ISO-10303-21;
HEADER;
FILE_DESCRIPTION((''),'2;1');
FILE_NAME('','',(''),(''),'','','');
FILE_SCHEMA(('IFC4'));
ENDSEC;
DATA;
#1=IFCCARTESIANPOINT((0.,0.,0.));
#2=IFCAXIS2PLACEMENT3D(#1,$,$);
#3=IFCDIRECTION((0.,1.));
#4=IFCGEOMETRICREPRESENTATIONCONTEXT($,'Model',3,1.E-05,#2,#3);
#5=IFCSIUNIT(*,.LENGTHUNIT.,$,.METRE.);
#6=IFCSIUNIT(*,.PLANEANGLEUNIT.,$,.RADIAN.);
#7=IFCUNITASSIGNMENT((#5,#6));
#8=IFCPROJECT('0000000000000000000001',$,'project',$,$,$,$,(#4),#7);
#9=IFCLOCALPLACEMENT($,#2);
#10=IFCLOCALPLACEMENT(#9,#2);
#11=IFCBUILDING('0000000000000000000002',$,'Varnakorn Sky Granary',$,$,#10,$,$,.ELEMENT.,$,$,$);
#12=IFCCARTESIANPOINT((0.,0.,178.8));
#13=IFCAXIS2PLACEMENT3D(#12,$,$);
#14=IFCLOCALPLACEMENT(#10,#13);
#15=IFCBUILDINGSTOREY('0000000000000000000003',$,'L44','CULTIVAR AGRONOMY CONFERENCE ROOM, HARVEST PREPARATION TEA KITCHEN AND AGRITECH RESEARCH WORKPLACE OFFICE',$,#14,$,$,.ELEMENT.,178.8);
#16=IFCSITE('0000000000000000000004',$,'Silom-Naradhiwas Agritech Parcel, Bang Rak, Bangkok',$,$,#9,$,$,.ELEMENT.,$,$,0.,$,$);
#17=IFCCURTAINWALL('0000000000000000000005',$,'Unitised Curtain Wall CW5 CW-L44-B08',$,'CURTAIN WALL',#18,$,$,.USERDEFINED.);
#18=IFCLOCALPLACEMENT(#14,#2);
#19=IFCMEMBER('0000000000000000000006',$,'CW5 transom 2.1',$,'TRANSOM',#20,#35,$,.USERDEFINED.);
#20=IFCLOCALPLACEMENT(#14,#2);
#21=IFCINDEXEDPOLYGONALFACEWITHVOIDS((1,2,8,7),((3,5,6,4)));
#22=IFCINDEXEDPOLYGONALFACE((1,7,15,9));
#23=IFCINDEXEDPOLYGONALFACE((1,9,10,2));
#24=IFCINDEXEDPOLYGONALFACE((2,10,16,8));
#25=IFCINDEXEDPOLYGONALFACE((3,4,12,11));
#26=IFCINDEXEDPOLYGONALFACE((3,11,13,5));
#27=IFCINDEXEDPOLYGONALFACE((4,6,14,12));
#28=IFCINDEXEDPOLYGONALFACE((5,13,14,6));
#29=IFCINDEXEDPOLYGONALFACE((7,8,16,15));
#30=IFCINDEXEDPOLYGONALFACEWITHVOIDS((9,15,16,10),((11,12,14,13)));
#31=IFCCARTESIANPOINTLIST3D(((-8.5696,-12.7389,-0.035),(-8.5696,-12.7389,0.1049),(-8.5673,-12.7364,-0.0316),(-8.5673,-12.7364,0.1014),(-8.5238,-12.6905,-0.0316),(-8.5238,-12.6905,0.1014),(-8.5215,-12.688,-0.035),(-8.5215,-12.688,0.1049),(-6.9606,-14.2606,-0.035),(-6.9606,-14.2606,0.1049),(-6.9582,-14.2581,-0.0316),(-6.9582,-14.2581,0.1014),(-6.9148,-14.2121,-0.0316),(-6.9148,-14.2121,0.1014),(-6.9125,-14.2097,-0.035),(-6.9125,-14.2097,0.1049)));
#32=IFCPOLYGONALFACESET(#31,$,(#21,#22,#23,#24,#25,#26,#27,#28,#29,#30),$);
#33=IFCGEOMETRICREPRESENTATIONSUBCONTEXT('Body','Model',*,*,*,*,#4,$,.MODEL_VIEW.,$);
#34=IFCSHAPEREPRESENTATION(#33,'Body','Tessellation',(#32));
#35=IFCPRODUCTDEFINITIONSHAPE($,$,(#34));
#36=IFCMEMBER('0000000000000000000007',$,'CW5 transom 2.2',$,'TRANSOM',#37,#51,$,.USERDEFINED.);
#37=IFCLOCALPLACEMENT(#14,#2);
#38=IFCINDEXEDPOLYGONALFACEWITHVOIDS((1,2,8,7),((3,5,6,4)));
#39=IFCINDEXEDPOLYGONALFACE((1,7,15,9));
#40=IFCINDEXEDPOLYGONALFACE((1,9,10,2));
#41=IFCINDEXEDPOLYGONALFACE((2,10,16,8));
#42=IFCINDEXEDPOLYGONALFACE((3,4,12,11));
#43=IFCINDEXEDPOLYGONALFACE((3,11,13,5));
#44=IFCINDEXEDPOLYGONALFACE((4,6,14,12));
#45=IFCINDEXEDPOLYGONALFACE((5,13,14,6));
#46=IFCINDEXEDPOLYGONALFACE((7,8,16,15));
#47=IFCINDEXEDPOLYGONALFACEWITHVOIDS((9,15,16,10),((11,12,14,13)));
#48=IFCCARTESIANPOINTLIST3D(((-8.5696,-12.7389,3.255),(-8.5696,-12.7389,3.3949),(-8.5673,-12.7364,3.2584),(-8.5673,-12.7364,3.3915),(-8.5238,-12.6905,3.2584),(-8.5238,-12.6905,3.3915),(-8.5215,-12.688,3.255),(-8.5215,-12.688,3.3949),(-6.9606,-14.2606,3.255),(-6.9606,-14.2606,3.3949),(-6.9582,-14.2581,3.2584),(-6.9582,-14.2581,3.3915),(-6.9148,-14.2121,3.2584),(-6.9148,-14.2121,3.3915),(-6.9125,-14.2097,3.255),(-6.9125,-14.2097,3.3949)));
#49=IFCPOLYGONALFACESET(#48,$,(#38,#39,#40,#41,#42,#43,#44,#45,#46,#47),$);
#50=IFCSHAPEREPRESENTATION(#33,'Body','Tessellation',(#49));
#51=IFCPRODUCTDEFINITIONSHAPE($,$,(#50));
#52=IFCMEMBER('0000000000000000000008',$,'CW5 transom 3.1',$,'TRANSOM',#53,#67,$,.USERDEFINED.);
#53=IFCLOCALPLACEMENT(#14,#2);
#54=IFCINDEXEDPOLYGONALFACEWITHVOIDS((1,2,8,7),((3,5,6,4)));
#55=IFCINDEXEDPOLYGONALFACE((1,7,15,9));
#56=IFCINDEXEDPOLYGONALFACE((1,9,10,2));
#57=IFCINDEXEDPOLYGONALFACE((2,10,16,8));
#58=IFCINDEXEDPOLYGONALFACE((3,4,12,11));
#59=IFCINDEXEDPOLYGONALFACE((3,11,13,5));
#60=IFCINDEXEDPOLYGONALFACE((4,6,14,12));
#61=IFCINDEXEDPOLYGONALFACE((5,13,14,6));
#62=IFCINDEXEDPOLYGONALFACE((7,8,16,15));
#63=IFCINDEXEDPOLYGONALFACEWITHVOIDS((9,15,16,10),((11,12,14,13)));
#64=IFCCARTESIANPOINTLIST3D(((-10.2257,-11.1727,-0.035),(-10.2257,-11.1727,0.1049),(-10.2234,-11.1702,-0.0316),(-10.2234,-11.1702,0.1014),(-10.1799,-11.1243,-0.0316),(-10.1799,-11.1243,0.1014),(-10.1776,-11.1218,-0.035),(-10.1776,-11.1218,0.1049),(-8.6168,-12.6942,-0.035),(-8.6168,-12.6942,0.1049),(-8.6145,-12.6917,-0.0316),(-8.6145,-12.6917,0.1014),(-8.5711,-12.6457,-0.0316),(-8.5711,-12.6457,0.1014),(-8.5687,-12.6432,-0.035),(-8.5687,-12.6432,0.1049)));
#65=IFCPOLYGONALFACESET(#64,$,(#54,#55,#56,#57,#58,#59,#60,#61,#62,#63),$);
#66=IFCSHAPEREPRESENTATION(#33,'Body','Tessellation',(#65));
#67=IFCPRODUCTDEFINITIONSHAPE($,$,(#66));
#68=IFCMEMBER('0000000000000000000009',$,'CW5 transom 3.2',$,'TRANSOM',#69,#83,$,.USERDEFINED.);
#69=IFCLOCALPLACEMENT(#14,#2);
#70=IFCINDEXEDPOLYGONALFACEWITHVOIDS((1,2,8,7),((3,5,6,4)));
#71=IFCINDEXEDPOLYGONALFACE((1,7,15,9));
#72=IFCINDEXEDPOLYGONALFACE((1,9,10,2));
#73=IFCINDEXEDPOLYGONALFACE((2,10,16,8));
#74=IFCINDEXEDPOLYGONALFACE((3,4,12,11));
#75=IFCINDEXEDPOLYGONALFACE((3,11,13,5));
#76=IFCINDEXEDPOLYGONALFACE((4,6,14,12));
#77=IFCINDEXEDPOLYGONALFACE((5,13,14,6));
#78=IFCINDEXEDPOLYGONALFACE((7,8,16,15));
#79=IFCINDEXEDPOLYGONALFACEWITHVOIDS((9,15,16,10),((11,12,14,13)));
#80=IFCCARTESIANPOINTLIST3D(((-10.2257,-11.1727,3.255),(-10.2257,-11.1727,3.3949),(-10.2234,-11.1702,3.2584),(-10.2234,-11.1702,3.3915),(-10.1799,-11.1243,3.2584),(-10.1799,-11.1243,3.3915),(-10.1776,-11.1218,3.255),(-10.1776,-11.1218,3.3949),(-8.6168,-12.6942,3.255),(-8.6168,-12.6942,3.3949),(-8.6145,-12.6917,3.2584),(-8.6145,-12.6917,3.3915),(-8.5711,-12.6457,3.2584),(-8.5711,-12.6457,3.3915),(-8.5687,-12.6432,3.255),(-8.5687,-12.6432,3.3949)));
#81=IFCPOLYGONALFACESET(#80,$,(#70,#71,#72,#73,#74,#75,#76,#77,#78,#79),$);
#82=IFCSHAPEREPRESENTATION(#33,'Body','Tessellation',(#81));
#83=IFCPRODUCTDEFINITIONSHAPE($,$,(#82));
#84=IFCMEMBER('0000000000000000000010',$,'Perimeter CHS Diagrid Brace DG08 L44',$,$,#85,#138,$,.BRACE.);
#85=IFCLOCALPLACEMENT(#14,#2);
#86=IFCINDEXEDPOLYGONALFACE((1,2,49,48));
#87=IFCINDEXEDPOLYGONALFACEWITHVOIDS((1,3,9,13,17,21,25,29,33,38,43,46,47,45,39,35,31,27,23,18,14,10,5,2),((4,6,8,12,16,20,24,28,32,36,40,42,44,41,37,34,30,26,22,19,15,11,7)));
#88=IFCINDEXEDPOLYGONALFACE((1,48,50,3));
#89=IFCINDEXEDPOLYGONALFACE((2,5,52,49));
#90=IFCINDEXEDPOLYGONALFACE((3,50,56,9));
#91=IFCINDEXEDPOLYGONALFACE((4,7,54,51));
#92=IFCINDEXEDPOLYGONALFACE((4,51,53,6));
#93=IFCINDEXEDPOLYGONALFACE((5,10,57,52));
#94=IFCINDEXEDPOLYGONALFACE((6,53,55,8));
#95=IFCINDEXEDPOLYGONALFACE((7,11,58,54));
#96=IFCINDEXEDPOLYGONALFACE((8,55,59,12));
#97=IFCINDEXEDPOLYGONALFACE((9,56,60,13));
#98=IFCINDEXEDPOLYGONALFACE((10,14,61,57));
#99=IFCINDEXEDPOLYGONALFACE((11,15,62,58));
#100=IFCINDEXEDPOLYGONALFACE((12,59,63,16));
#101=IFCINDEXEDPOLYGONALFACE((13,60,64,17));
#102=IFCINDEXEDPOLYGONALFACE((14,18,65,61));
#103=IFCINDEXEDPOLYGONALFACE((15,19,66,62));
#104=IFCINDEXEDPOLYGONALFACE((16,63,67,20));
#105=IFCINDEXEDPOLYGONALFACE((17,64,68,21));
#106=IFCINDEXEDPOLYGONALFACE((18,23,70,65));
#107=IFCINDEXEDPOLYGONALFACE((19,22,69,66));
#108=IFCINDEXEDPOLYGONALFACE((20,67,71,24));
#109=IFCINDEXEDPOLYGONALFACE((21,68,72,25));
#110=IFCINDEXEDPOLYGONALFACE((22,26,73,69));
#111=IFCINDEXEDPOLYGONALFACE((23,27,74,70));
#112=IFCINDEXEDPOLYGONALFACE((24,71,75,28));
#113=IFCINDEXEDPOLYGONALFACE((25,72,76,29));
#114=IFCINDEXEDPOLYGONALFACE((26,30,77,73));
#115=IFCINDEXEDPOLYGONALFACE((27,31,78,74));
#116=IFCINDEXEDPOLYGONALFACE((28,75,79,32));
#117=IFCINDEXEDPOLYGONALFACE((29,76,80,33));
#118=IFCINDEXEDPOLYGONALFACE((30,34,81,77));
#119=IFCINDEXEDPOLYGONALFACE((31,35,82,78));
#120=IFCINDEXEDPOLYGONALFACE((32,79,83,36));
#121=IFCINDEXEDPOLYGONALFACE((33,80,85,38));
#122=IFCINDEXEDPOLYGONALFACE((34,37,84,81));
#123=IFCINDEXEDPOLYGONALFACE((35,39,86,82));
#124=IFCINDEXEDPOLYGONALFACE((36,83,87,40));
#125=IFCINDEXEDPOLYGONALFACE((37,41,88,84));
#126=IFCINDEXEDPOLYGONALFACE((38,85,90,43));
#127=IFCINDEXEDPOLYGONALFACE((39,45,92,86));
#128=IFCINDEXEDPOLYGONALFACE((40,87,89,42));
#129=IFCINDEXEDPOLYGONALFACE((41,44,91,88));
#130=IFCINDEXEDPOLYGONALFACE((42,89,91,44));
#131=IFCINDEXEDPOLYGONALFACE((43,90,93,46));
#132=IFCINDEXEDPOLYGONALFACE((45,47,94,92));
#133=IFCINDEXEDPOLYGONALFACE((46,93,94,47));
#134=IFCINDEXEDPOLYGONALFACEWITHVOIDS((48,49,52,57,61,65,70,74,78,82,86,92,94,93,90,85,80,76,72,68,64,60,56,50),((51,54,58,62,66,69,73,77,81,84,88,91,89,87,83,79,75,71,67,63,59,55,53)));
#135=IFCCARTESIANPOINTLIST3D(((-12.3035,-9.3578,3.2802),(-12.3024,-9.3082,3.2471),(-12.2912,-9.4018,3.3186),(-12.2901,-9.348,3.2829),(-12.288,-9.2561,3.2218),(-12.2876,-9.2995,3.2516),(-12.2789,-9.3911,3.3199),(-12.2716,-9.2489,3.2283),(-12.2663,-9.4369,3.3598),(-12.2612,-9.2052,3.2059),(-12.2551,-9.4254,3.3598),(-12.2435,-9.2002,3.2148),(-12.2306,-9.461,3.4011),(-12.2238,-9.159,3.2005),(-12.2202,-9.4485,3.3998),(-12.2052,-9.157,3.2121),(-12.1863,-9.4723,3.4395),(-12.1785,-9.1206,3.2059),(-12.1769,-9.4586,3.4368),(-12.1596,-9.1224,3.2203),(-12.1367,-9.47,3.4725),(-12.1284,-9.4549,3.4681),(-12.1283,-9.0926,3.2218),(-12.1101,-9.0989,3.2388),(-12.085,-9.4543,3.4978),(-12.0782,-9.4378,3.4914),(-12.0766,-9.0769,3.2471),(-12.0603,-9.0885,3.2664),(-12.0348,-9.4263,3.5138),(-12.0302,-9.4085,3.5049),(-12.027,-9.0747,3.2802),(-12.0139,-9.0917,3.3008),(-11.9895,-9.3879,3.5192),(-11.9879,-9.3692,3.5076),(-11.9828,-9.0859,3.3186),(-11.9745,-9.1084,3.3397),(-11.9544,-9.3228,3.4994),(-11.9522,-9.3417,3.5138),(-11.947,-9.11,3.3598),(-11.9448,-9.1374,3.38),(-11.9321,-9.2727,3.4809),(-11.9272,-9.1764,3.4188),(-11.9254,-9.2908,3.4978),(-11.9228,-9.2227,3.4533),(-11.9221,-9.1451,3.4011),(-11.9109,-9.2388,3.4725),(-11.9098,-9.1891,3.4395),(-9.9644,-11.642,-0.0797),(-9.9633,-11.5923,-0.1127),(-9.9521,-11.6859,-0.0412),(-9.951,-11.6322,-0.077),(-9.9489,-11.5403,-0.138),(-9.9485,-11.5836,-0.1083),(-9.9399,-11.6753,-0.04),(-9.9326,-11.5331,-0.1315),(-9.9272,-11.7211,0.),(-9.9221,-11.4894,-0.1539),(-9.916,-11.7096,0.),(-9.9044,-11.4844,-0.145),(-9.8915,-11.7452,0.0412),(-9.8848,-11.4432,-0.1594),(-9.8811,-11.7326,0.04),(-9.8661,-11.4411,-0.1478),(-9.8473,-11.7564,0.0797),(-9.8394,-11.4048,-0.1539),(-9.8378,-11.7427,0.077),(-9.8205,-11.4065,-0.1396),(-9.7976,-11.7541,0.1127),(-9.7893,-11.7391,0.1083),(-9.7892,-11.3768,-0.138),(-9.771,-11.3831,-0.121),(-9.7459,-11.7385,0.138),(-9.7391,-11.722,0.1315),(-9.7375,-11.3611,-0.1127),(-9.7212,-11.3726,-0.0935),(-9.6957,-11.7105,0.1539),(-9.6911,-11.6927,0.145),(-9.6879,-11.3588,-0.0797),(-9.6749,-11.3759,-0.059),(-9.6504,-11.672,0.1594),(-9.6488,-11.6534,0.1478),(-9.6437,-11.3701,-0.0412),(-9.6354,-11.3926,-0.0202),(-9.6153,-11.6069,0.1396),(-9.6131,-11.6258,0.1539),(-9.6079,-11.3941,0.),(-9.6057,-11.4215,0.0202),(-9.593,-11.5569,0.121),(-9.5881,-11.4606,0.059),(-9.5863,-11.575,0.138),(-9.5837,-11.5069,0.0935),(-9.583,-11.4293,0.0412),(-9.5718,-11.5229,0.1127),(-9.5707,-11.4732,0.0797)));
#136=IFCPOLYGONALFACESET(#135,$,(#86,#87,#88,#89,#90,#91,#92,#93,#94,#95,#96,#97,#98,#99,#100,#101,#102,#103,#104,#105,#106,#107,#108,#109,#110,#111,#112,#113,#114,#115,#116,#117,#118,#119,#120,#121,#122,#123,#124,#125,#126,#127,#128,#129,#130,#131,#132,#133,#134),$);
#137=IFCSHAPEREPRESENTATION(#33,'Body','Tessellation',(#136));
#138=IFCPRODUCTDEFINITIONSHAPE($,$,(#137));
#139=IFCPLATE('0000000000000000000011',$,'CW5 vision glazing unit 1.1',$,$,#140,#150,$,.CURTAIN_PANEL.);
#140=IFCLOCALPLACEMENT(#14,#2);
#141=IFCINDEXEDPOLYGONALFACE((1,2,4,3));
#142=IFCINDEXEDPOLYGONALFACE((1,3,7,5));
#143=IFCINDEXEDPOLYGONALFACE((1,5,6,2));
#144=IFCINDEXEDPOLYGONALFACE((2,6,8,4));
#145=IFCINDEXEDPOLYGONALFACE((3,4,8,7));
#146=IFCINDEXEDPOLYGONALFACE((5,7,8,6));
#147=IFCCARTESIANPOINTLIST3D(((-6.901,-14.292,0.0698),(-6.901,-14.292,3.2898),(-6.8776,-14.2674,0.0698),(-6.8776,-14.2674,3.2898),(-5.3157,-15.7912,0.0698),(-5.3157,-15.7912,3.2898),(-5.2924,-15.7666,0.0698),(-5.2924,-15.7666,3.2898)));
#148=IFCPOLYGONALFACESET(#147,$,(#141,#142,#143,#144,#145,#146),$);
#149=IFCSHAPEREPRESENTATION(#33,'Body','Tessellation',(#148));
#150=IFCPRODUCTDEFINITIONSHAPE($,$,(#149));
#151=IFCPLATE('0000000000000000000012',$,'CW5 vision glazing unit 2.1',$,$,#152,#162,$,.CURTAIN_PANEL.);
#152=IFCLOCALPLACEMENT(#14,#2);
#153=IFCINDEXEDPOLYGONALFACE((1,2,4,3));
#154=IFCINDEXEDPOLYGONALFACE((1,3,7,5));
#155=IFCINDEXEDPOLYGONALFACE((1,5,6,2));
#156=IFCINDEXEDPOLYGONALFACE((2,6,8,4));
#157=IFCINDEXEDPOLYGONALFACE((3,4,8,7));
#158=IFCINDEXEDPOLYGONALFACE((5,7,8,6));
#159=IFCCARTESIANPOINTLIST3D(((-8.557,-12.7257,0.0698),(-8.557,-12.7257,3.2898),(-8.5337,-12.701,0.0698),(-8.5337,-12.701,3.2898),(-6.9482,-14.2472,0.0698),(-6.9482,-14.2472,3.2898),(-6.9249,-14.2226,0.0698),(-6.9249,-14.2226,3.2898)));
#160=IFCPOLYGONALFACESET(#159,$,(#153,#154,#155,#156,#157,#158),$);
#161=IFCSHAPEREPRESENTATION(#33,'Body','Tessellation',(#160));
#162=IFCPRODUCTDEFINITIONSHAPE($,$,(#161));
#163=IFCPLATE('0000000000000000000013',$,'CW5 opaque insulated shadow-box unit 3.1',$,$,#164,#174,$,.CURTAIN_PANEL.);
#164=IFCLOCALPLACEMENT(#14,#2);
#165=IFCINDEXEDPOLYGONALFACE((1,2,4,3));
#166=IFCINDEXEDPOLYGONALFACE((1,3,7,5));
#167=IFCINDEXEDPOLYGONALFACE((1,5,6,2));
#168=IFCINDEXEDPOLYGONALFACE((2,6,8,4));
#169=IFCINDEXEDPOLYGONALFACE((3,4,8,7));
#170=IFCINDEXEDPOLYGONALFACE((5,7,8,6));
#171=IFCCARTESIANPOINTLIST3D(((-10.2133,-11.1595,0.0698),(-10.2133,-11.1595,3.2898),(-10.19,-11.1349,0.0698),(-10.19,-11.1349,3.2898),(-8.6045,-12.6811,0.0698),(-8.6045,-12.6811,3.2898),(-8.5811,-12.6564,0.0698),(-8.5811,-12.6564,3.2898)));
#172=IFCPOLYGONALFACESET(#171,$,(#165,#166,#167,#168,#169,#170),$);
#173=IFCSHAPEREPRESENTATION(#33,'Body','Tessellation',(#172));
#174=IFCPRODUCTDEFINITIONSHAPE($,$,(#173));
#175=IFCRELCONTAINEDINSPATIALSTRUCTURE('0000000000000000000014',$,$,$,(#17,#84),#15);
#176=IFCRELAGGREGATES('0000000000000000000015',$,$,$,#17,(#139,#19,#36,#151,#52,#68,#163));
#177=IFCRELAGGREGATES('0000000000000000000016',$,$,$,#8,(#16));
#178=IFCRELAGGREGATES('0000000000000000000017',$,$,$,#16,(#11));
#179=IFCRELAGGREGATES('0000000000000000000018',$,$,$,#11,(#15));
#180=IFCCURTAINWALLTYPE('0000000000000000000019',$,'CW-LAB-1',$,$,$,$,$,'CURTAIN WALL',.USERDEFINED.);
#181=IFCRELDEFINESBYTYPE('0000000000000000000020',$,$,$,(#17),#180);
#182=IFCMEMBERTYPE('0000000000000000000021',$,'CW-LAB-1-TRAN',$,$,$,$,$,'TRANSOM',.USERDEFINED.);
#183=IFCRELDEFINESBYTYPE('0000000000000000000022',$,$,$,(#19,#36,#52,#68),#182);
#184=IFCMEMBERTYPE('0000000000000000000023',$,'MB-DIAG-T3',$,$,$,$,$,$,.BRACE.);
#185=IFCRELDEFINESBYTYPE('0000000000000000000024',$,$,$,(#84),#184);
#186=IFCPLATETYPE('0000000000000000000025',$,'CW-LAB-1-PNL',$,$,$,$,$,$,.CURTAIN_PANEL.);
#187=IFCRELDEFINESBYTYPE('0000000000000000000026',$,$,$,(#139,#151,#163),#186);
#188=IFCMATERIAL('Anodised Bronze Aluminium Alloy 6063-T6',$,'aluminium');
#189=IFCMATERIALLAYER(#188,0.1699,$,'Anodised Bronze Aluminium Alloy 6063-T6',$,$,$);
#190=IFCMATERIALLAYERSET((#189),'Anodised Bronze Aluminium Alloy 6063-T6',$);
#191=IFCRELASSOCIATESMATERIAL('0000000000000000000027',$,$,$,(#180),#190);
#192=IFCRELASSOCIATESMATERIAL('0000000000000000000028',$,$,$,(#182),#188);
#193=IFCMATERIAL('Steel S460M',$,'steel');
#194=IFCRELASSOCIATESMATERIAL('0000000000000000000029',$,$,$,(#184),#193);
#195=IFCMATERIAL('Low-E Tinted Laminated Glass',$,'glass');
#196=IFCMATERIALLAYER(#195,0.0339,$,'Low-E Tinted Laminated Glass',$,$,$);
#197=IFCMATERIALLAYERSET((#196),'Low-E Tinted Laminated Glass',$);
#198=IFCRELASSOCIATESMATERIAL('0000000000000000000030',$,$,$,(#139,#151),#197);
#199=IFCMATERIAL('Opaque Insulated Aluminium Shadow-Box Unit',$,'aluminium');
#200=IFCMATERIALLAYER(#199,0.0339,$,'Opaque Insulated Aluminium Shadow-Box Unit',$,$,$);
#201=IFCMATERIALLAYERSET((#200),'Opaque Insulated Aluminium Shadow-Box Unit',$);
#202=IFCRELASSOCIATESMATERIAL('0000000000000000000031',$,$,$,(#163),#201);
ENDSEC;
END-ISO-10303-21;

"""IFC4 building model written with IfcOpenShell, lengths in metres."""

from ifc_helpers import new_model, si_unit, direction, frame, origin, origin_2d, place, context, subcontext, project, spatial, rectangle, hollow_rectangle, hollow_circle, extrude, source, transform, mapped, material, layer, layer_set, material_profile, profile_set, type_object, type_shapes, element, aggregate, save


model = new_model("IFC4")

# Units and contexts
model_context = context("Model", 3, precision=1e-05, world=origin(), true_north=direction((0.0, 1.0)))
body_context = subcontext(model_context, "Body", "Model", "MODEL_VIEW")
ifc_project = project(units=[si_unit("LENGTHUNIT", "METRE"), si_unit("PLANEANGLEUNIT", "RADIAN")], contexts=[model_context])

# Site, building, storey
site_placement = place(None, origin())
site = spatial("IfcSite", under=ifc_project, at=site_placement, Name="Silom-Naradhiwas Agritech Parcel, Bang Rak, Bangkok", CompositionType="ELEMENT", RefElevation=0.0)
building_placement = place(site_placement, origin())
building = spatial("IfcBuilding", under=site, at=building_placement, Name="Varnakorn Sky Granary", CompositionType="ELEMENT")
storey_placement = place(building_placement, frame((0.0, 0.0, 178.8)))
storey = spatial("IfcBuildingStorey", under=building, at=storey_placement, Name="L44", Description="CULTIVAR AGRONOMY CONFERENCE ROOM, HARVEST PREPARATION TEA KITCHEN AND AGRITECH RESEARCH WORKPLACE OFFICE", CompositionType="ELEMENT", Elevation=178.8)

# Shared definitions
ifc_material_1 = material(Name="Steel S460M", Category="steel")

# Curtain wall, members
ifc_material_2 = material(Name="Anodised Bronze Aluminium Alloy 6063-T6", Category="aluminium")
ifc_layer_1 = layer(ifc_material_2, 0.1699, Name="Anodised Bronze Aluminium Alloy 6063-T6")
ifc_layer_set_1 = layer_set([ifc_layer_1], Name="Anodised Bronze Aluminium Alloy 6063-T6")
curtain_wall_type = type_object("IfcCurtainWallType", Name="CW-LAB-1", ElementType="CURTAIN WALL", PredefinedType="USERDEFINED", material=ifc_layer_set_1)
curtain_wall_placement = place(storey_placement, origin())
curtain_wall = element("IfcCurtainWall", 1, at=curtain_wall_placement, inside=storey, type_object=curtain_wall_type, Name="Unitised Curtain Wall CW5 CW-L44-B08", ObjectType="CURTAIN WALL", PredefinedType="USERDEFINED")
ifc_material_profile_1 = material_profile(ifc_material_2, hollow_rectangle(XDim=0.0701, YDim=0.1399, WallThickness=0.0034, at=origin_2d()), Name="ALU TRAN 70x140")
ifc_profile_set_1 = profile_set([ifc_material_profile_1], Name="Anodised Bronze Aluminium Alloy 6063-T6")
member_type_1 = type_object("IfcMemberType", Name="CW-LAB-1-TRAN", ElementType="TRANSOM", PredefinedType="USERDEFINED", material=ifc_profile_set_1)
member_1_placement = place(storey_placement, frame((-6.9365, -14.2351, 0.0349), z_axis=(-0.726564, 0.687099, 0.0), x_axis=(-0.687099, -0.726564, 0.0)))
member_1 = element("IfcMember", 2, at=member_1_placement, type_object=member_type_1, Name="CW5 transom 2.1", ObjectType="TRANSOM", PredefinedType="USERDEFINED", context=body_context, shape_type="SweptSolid", body=[
    extrude(hollow_rectangle(XDim=0.0701, YDim=0.1399, WallThickness=0.0034, at=origin_2d()), origin(), (0.0, 0.0, 1.0), 2.2146),
])
member_2_placement = place(storey_placement, frame((-6.9365, -14.2351, 3.325), z_axis=(-0.726564, 0.687099, 0.0), x_axis=(-0.687099, -0.726564, 0.0)))
member_2 = element("IfcMember", 3, at=member_2_placement, type_object=member_type_1, Name="CW5 transom 2.2", ObjectType="TRANSOM", PredefinedType="USERDEFINED", context=body_context, shape_type="SweptSolid", body=[
    extrude(hollow_rectangle(XDim=0.0701, YDim=0.1399, WallThickness=0.0034, at=origin_2d()), origin(), (0.0, 0.0, 1.0), 2.2146),
])
member_3_placement = place(storey_placement, frame((-8.5928, -12.6687, 0.0349), z_axis=(-0.726567, 0.687096, 0.0), x_axis=(-0.687096, -0.726567, 0.0)))
member_3 = element("IfcMember", 4, at=member_3_placement, type_object=member_type_1, Name="CW5 transom 3.1", ObjectType="TRANSOM", PredefinedType="USERDEFINED", context=body_context, shape_type="SweptSolid", body=[
    extrude(hollow_rectangle(XDim=0.0701, YDim=0.1399, WallThickness=0.0034, at=origin_2d()), origin(), (0.0, 0.0, 1.0), 2.2144),
])
member_4_placement = place(storey_placement, frame((-8.5928, -12.6687, 3.325), z_axis=(-0.726567, 0.687096, 0.0), x_axis=(-0.687096, -0.726567, 0.0)))
member_4 = element("IfcMember", 5, at=member_4_placement, type_object=member_type_1, Name="CW5 transom 3.2", ObjectType="TRANSOM", PredefinedType="USERDEFINED", context=body_context, shape_type="SweptSolid", body=[
    extrude(hollow_rectangle(XDim=0.0701, YDim=0.1399, WallThickness=0.0034, at=origin_2d()), origin(), (0.0, 0.0, 1.0), 2.2144),
])

# Member
ifc_material_profile_2 = material_profile(ifc_material_1, hollow_circle(Radius=0.2285, WallThickness=0.0161, at=origin_2d()), Name="CHS 457x16")
ifc_profile_set_2 = profile_set([ifc_material_profile_2], Name="Steel S460M")
member_type_2 = type_object("IfcMemberType", Name="MB-DIAG-T3", PredefinedType="BRACE", material=ifc_profile_set_2)
member_5_placement = place(storey_placement, frame((-9.7676, -11.5576, 0.0), z_axis=(-0.498954, 0.487237, 0.71669), x_axis=(-0.698656, -0.715458, 0.0)))
element("IfcMember", 6, at=member_5_placement, inside=storey, type_object=member_type_2, Name="Perimeter CHS Diagrid Brace DG08 L44", PredefinedType="BRACE", context=body_context, shape_type="SweptSolid", body=[
    extrude(hollow_circle(Radius=0.2285, WallThickness=0.0161, at=origin_2d()), origin(), (0.0, 0.0, 1.0), 4.688),
])

# Plates
ifc_material_3 = material(Name="Low-E Tinted Laminated Glass", Category="glass")
ifc_layer_2 = layer(ifc_material_3, 0.0339, Name="Low-E Tinted Laminated Glass")
ifc_layer_set_2 = layer_set([ifc_layer_2], Name="Low-E Tinted Laminated Glass")
plate_type = type_object("IfcPlateType", Name="CW-LAB-1-PNL", PredefinedType="CURTAIN_PANEL")
shared_shape_1 = source(origin(), body_context, "Body", "SweptSolid", [
    extrude(rectangle(XDim=2.1819, YDim=0.0339, at=origin_2d()), origin(), (0.0, 0.0, 1.0), 3.22),
])
plate_1_placement = place(storey_placement, frame((-6.0967, -15.0293, 0.0698), z_axis=(0.0, 0.0, 1.0), x_axis=(-0.726541, 0.687124, 0.0)))
plate_1 = element("IfcPlate", 7, at=plate_1_placement, type_object=plate_type, material=ifc_layer_set_2, Name="CW5 vision glazing unit 1.1", PredefinedType="CURTAIN_PANEL", context=body_context, shape_type="MappedRepresentation", body=[
    mapped(shared_shape_1, transform((0.0, 0.0, 0.0), x_axis=(1.0, 0.0, 0.0), y_axis=(0.0, 1.0, 0.0), z_axis=(0.0, 0.0, 1.0), scale=1.0)),
])
shared_shape_2 = source(origin(), body_context, "Body", "SweptSolid", [
    extrude(rectangle(XDim=2.2144, YDim=0.0339, at=origin_2d()), origin(), (0.0, 0.0, 1.0), 3.22),
])
type_shapes(plate_type, [shared_shape_1, shared_shape_2])
plate_2_placement = place(storey_placement, frame((-7.741, -13.4741, 0.0698), z_axis=(0.0, 0.0, 1.0), x_axis=(-0.726541, 0.687124, 0.0)))
plate_2 = element("IfcPlate", 8, at=plate_2_placement, type_object=plate_type, material=ifc_layer_set_2, Name="CW5 vision glazing unit 2.1", PredefinedType="CURTAIN_PANEL", context=body_context, shape_type="MappedRepresentation", body=[
    mapped(shared_shape_2, transform((0.0, 0.0, 0.0), x_axis=(1.0, 0.0, 0.0), y_axis=(0.0, 1.0, 0.0), z_axis=(0.0, 0.0, 1.0), scale=1.0)),
])
ifc_material_4 = material(Name="Opaque Insulated Aluminium Shadow-Box Unit", Category="aluminium")
ifc_layer_3 = layer(ifc_material_4, 0.0339, Name="Opaque Insulated Aluminium Shadow-Box Unit")
ifc_layer_set_3 = layer_set([ifc_layer_3], Name="Opaque Insulated Aluminium Shadow-Box Unit")
plate_3_placement = place(storey_placement, frame((-9.3972, -11.908, 0.0698), z_axis=(0.0, 0.0, 1.0), x_axis=(-0.726541, 0.687124, 0.0)))
plate_3 = element("IfcPlate", 9, at=plate_3_placement, type_object=plate_type, material=ifc_layer_set_3, Name="CW5 opaque insulated shadow-box unit 3.1", PredefinedType="CURTAIN_PANEL", context=body_context, shape_type="MappedRepresentation", body=[
    mapped(shared_shape_2, transform((0.0, 0.0, 0.0), x_axis=(1.0, 0.0, 0.0), y_axis=(0.0, 1.0, 0.0), z_axis=(0.0, 0.0, 1.0), scale=1.0)),
])
aggregate(curtain_wall, [plate_1, member_1, member_2, plate_2, member_3, member_4, plate_3])

save(model, "model.ifc")
